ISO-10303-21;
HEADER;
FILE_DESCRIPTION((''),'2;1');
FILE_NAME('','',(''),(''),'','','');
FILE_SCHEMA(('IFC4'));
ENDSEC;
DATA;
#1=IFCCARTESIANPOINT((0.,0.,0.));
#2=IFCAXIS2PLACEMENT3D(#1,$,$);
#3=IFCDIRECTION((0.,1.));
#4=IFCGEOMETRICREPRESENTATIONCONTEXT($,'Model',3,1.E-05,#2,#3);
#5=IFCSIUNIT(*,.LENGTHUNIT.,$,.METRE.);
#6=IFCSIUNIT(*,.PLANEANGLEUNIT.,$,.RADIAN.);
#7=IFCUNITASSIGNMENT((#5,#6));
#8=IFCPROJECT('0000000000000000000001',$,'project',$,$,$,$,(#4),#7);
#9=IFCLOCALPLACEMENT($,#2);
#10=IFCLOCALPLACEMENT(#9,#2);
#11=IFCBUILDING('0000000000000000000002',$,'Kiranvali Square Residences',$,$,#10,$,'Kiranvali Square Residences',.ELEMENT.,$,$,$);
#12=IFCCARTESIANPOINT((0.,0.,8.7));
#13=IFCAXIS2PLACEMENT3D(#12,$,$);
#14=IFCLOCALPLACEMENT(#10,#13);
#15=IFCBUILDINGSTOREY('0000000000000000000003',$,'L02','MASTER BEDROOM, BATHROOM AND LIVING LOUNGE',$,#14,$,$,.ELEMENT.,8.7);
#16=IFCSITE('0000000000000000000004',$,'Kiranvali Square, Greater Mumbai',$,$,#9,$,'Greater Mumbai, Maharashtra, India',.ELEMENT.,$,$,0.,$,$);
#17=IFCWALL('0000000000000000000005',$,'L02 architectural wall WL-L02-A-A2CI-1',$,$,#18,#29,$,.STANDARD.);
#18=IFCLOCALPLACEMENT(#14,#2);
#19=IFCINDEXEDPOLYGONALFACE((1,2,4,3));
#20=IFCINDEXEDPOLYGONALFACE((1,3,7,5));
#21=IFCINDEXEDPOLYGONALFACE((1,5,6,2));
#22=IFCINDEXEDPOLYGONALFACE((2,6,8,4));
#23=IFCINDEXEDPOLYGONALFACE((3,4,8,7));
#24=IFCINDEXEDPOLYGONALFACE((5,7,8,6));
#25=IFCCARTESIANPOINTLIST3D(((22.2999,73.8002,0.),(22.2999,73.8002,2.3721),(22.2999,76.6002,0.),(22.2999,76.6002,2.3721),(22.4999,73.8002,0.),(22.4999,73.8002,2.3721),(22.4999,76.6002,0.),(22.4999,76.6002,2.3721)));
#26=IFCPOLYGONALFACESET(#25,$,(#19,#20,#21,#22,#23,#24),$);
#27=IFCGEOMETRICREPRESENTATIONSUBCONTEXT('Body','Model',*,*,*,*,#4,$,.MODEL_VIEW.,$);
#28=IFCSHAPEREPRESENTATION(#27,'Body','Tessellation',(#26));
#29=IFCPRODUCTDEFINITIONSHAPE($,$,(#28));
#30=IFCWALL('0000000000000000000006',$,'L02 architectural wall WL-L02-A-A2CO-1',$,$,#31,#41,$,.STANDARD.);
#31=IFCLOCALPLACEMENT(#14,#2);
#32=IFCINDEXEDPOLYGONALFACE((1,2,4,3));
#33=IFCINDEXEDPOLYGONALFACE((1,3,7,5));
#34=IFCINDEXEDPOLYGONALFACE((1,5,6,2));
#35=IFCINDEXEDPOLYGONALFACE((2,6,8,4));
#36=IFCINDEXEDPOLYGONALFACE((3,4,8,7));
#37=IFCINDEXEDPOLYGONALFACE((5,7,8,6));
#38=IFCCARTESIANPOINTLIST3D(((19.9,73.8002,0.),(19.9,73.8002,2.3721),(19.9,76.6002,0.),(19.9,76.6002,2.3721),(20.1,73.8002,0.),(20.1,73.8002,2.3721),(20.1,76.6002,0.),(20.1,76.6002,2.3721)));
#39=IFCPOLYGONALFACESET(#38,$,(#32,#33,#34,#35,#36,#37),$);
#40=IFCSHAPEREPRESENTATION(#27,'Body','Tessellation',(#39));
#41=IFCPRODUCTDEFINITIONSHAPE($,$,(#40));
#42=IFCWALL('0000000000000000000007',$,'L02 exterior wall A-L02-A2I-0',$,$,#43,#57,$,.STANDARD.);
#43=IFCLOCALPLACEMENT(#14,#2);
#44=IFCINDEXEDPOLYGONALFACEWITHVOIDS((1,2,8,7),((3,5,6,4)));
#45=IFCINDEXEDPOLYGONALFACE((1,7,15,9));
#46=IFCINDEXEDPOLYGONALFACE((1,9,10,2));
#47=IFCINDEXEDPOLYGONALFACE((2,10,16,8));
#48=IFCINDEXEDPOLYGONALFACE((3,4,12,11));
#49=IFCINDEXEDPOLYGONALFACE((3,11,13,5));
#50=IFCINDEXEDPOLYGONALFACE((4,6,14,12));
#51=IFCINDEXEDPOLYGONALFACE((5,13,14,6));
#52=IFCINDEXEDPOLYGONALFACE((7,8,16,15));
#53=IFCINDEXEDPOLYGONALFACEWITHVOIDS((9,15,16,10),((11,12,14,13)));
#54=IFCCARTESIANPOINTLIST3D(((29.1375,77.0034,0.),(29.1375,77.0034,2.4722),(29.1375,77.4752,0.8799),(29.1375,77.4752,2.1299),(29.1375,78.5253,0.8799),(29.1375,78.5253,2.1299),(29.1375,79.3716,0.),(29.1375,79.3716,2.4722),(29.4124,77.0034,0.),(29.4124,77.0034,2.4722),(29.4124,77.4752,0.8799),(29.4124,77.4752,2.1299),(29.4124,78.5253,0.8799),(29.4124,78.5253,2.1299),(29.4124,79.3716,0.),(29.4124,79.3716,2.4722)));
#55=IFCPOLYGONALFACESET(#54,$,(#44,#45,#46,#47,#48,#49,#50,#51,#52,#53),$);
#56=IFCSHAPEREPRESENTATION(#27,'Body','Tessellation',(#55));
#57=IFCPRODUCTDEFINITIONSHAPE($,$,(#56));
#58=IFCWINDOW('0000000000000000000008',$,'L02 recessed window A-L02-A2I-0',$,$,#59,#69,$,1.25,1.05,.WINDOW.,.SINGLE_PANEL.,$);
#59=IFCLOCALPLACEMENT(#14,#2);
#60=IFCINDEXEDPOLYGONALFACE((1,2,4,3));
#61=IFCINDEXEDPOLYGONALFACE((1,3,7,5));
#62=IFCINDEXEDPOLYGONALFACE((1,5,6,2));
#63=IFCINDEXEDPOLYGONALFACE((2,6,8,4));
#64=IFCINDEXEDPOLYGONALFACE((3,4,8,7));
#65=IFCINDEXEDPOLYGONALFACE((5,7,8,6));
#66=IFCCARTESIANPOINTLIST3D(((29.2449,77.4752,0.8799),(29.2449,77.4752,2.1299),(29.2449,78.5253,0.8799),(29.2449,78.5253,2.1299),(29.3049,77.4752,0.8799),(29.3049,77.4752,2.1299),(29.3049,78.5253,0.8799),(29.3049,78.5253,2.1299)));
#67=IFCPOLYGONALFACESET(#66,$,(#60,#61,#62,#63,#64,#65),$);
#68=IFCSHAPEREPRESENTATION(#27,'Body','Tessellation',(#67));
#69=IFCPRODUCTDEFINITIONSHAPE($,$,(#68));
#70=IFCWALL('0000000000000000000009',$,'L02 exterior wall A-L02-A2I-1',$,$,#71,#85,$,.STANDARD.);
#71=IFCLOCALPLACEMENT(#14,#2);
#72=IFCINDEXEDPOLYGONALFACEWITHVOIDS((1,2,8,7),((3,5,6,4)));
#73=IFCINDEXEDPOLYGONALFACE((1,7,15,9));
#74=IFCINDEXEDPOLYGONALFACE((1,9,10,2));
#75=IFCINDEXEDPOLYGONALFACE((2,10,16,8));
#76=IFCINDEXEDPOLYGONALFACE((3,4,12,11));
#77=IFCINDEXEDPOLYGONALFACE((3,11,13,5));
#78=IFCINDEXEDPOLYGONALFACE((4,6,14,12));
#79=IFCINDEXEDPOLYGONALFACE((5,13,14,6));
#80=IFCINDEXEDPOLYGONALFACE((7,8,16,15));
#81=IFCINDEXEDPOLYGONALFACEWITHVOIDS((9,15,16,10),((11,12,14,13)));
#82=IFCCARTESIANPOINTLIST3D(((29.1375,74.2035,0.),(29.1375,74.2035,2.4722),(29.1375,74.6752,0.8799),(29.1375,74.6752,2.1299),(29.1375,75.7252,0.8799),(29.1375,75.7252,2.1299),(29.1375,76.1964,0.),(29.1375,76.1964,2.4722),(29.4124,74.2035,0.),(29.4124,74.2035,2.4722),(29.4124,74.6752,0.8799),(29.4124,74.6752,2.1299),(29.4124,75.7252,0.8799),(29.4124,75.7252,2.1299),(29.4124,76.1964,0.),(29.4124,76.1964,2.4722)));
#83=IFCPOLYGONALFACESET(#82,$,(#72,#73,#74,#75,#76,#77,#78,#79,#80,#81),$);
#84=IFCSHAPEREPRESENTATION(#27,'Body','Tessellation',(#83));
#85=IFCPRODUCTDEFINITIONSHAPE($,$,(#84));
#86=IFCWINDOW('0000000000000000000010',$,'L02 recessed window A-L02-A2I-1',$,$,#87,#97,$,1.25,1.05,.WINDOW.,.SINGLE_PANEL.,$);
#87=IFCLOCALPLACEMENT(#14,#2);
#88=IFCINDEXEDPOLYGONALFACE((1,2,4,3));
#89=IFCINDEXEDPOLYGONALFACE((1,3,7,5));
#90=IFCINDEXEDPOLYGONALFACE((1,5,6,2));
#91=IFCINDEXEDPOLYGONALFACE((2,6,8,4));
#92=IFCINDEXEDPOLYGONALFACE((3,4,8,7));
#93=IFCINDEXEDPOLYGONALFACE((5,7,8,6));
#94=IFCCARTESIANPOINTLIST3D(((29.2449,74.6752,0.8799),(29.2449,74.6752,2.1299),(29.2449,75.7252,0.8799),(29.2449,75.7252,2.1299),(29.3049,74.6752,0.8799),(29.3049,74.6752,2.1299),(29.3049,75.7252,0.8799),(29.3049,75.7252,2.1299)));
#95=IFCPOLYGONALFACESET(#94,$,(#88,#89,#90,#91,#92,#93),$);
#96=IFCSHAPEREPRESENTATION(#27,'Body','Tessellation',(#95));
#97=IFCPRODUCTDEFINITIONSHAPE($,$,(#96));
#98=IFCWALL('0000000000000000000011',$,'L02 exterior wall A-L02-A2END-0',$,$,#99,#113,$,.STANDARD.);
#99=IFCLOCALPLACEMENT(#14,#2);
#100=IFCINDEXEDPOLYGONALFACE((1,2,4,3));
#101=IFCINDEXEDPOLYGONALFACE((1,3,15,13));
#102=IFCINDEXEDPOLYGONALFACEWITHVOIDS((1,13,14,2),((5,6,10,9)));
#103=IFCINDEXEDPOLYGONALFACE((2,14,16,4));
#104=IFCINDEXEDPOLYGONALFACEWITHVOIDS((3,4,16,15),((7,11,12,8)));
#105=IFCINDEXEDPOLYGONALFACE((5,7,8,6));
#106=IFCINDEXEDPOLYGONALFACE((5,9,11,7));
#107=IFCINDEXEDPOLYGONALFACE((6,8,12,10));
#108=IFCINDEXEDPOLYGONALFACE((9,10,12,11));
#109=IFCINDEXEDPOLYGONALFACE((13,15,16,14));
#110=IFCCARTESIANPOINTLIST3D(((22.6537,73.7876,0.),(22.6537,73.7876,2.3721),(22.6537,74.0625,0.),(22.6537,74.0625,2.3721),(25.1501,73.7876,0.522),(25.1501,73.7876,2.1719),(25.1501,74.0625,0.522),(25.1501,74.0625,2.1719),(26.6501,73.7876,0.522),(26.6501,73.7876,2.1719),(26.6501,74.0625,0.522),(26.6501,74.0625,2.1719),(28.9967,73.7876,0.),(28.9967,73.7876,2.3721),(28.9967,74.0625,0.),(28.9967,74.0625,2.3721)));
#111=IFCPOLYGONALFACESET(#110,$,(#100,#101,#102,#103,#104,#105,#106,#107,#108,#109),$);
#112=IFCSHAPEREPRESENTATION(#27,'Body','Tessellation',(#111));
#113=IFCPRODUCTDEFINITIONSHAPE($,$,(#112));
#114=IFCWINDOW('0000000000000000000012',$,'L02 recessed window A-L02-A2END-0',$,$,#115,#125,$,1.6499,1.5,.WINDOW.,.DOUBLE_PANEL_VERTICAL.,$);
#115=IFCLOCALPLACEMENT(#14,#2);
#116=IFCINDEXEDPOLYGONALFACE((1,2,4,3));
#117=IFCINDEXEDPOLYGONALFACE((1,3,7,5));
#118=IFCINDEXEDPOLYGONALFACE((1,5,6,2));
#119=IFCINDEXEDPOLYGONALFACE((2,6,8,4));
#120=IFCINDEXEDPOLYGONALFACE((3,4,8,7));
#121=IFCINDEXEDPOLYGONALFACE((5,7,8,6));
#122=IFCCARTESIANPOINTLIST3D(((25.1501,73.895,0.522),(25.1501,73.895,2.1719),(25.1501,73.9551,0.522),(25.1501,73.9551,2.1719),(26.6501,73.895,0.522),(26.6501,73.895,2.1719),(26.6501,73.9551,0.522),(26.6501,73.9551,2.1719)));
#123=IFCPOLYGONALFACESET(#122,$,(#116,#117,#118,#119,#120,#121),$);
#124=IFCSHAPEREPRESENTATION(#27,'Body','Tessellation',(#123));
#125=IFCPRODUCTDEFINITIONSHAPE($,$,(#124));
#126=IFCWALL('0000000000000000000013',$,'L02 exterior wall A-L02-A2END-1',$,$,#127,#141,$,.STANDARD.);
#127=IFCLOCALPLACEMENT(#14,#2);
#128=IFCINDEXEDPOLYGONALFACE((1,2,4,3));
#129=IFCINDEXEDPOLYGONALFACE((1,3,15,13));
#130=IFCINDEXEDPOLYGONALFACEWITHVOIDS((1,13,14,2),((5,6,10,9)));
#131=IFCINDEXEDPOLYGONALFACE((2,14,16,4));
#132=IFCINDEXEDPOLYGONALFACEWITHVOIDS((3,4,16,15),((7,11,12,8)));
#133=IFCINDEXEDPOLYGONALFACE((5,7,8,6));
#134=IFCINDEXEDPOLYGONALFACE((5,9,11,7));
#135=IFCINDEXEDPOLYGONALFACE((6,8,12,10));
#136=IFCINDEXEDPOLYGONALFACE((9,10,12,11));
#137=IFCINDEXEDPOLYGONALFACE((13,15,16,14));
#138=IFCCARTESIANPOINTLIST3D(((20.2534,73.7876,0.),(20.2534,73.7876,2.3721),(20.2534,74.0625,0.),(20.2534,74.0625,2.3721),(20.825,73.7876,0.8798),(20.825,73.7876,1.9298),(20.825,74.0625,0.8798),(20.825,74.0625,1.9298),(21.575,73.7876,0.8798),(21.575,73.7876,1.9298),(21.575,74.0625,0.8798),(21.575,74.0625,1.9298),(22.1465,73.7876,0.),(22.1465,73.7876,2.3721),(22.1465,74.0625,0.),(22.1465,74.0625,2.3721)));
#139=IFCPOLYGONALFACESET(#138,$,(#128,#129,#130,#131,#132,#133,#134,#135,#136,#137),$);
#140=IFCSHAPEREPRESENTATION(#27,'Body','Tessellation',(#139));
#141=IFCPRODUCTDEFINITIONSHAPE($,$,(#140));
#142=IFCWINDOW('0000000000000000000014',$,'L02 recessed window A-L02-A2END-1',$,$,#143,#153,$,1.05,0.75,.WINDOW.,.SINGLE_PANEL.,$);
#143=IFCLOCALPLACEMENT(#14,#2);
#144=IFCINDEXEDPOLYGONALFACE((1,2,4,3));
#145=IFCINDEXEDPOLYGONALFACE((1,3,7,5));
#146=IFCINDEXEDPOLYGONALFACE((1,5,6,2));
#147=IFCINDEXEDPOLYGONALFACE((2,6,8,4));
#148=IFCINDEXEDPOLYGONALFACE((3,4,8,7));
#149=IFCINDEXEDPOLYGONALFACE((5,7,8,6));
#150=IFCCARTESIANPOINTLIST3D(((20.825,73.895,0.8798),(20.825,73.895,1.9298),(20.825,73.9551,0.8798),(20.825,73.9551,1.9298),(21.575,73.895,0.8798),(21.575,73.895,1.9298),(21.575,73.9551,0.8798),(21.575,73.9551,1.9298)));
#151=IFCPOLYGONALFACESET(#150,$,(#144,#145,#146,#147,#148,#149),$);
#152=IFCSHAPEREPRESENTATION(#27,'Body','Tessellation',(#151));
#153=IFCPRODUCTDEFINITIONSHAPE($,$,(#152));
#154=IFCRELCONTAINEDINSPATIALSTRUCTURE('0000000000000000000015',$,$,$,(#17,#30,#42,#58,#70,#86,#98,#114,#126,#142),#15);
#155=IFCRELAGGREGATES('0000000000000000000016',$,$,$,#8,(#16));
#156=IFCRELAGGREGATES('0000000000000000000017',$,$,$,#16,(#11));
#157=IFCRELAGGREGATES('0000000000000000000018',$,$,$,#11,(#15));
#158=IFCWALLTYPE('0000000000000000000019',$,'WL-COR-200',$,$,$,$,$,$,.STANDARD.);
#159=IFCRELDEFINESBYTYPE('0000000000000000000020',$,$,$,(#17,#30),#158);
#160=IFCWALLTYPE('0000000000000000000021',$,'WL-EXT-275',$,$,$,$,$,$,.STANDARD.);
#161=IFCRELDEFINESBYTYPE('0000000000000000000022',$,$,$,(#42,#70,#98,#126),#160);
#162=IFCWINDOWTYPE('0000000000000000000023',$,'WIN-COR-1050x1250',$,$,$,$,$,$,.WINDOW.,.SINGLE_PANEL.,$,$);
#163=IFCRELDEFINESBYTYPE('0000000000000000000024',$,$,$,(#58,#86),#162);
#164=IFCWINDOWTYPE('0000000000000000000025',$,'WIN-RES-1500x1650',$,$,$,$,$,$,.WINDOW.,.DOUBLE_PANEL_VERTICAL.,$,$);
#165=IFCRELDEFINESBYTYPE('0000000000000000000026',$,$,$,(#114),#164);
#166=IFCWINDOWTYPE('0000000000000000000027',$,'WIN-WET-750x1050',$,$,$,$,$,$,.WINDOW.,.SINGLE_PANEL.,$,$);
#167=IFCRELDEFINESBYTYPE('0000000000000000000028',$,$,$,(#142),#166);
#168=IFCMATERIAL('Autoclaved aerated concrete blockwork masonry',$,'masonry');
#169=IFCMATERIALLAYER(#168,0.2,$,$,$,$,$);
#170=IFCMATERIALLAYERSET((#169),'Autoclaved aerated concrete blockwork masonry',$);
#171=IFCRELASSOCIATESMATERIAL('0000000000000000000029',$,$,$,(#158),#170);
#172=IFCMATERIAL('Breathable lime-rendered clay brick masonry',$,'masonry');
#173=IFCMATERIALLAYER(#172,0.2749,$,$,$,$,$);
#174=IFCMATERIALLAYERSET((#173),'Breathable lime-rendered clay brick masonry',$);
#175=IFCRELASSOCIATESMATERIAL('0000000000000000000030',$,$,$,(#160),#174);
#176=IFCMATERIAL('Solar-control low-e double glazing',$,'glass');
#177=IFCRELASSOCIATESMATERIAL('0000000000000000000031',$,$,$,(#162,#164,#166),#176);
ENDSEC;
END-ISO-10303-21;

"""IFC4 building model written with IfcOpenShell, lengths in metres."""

from ifc_helpers import new_model, si_unit, direction, frame, frame_2d, origin, place, context, subcontext, project, spatial, rectangle, extrude, material, layer, layer_set, type_object, element, fill, save


model = new_model("IFC4")

# Units and contexts
model_context = context("Model", 3, precision=1e-05, world=origin(), true_north=direction((0.0, 1.0)))
body_context = subcontext(model_context, "Body", "Model", "MODEL_VIEW")
ifc_project = project(units=[si_unit("LENGTHUNIT", "METRE"), si_unit("PLANEANGLEUNIT", "RADIAN")], contexts=[model_context])

# Site, building, storey
site_placement = place(None, origin())
site = spatial("IfcSite", under=ifc_project, at=site_placement, Name="Kiranvali Square, Greater Mumbai", LongName="Greater Mumbai, Maharashtra, India", CompositionType="ELEMENT", RefElevation=0.0)
building_placement = place(site_placement, origin())
building = spatial("IfcBuilding", under=site, at=building_placement, Name="Kiranvali Square Residences", LongName="Kiranvali Square Residences", CompositionType="ELEMENT")
storey_placement = place(building_placement, frame((0.0, 0.0, 8.7)))
storey = spatial("IfcBuildingStorey", under=building, at=storey_placement, Name="L02", Description="MASTER BEDROOM, BATHROOM AND LIVING LOUNGE", CompositionType="ELEMENT", Elevation=8.7)

# Walls
ifc_material_1 = material(Name="Autoclaved aerated concrete blockwork masonry", Category="masonry")
ifc_layer_1 = layer(ifc_material_1, 0.2)
ifc_layer_set_1 = layer_set([ifc_layer_1], Name="Autoclaved aerated concrete blockwork masonry")
wall_type_1 = type_object("IfcWallType", Name="WL-COR-200", PredefinedType="STANDARD", material=ifc_layer_set_1)
for number, where, z_axis, x_axis, name in (
    (1, (22.3999, 76.6001, 0.0), (0.0, 0.0, 1.0), (0.0, -1.0, 0.0), "L02 architectural wall WL-L02-A-A2CI-1"),
    (2, (20.0, 76.6001, 0.0), (0.0, 0.0, 1.0), (0.0, -1.0, 0.0), "L02 architectural wall WL-L02-A-A2CO-1"),
):
    element("IfcWall", number, at=place(storey_placement, frame(where, z_axis=z_axis, x_axis=x_axis)), inside=storey, type_object=wall_type_1, Name=name, PredefinedType="STANDARD", context=body_context, shape_type="SweptSolid", body=[
        extrude(rectangle(XDim=2.8, YDim=0.2, at=frame_2d((1.3999, 0.0))), origin(), (0.0, 0.0, 1.0), 2.3721),
    ])

# Walls, openings, windows
ifc_material_2 = material(Name="Breathable lime-rendered clay brick masonry", Category="masonry")
ifc_layer_2 = layer(ifc_material_2, 0.2749)
ifc_layer_set_2 = layer_set([ifc_layer_2], Name="Breathable lime-rendered clay brick masonry")
wall_type_2 = type_object("IfcWallType", Name="WL-EXT-275", PredefinedType="STANDARD", material=ifc_layer_set_2)
wall_1_placement = place(storey_placement, frame((29.2749, 79.3716, 0.0), z_axis=(0.0, 0.0, 1.0), x_axis=(0.0, -1.0, 0.0)))
wall_1 = element("IfcWall", 3, at=wall_1_placement, inside=storey, type_object=wall_type_2, Name="L02 exterior wall A-L02-A2I-0", PredefinedType="STANDARD", context=body_context, shape_type="SweptSolid", body=[
    extrude(rectangle(XDim=2.3682, YDim=0.2749, at=frame_2d((1.1841, 0.0))), origin(), (0.0, 0.0, 1.0), 2.4722),
])
opening_1_placement = place(wall_1_placement, frame((0.8464, 0.0, 0.8799)))
opening_1 = element("IfcOpeningElement", 4, at=opening_1_placement, cuts=wall_1, PredefinedType="OPENING", context=body_context, shape_type="SweptSolid", body=[
    extrude(rectangle(XDim=1.05, YDim=1.25, at=frame_2d((0.5249, 0.625))), frame((0.0, 0.1475, 0.0), z_axis=(0.0, -1.0, 0.0), x_axis=(1.0, 0.0, 0.0)), (0.0, 0.0, 1.0), 0.2949),
])
ifc_material_3 = material(Name="Solar-control low-e double glazing", Category="glass")
window_type_1 = type_object("IfcWindowType", Name="WIN-COR-1050x1250", PartitioningType="SINGLE_PANEL", PredefinedType="WINDOW", material=ifc_material_3)
window_1_placement = place(opening_1_placement, origin())
window_1 = element("IfcWindow", 5, at=window_1_placement, inside=storey, type_object=window_type_1, Name="L02 recessed window A-L02-A2I-0", OverallHeight=1.25, OverallWidth=1.05, PartitioningType="SINGLE_PANEL", PredefinedType="WINDOW", context=body_context, shape_type="SweptSolid", body=[
    extrude(rectangle(XDim=1.05, YDim=1.25, at=frame_2d((0.5249, 0.625))), frame((0.0, 0.03, 0.0), z_axis=(0.0, -1.0, 0.0), x_axis=(1.0, 0.0, 0.0)), (0.0, 0.0, 1.0), 0.0601),
])
fill(opening_1, window_1)
wall_2_placement = place(storey_placement, frame((29.2749, 76.1965, 0.0), z_axis=(0.0, 0.0, 1.0), x_axis=(0.0, -1.0, 0.0)))
wall_2 = element("IfcWall", 6, at=wall_2_placement, inside=storey, type_object=wall_type_2, Name="L02 exterior wall A-L02-A2I-1", PredefinedType="STANDARD", context=body_context, shape_type="SweptSolid", body=[
    extrude(rectangle(XDim=1.9929, YDim=0.2749, at=frame_2d((0.9966, 0.0))), origin(), (0.0, 0.0, 1.0), 2.4722),
])
opening_2_placement = place(wall_2_placement, frame((0.4714, 0.0, 0.8799)))
opening_2 = element("IfcOpeningElement", 7, at=opening_2_placement, cuts=wall_2, PredefinedType="OPENING", context=body_context, shape_type="SweptSolid", body=[
    extrude(rectangle(XDim=1.05, YDim=1.25, at=frame_2d((0.5249, 0.625))), frame((0.0, 0.1475, 0.0), z_axis=(0.0, -1.0, 0.0), x_axis=(1.0, 0.0, 0.0)), (0.0, 0.0, 1.0), 0.2949),
])
window_2_placement = place(opening_2_placement, origin())
window_2 = element("IfcWindow", 8, at=window_2_placement, inside=storey, type_object=window_type_1, Name="L02 recessed window A-L02-A2I-1", OverallHeight=1.25, OverallWidth=1.05, PartitioningType="SINGLE_PANEL", PredefinedType="WINDOW", context=body_context, shape_type="SweptSolid", body=[
    extrude(rectangle(XDim=1.05, YDim=1.25, at=frame_2d((0.5249, 0.625))), frame((0.0, 0.03, 0.0), z_axis=(0.0, -1.0, 0.0), x_axis=(1.0, 0.0, 0.0)), (0.0, 0.0, 1.0), 0.0601),
])
fill(opening_2, window_2)
wall_3_placement = place(storey_placement, frame((28.9966, 73.925, 0.0), z_axis=(0.0, 0.0, 1.0), x_axis=(-1.0, 0.0, 0.0)))
wall_3 = element("IfcWall", 9, at=wall_3_placement, inside=storey, type_object=wall_type_2, Name="L02 exterior wall A-L02-A2END-0", PredefinedType="STANDARD", context=body_context, shape_type="SweptSolid", body=[
    extrude(rectangle(XDim=6.343, YDim=0.2749, at=frame_2d((3.1714, 0.0))), origin(), (0.0, 0.0, 1.0), 2.3721),
])
opening_3_placement = place(wall_3_placement, frame((2.3464, 0.0, 0.522)))
opening_3 = element("IfcOpeningElement", 10, at=opening_3_placement, cuts=wall_3, PredefinedType="OPENING", context=body_context, shape_type="SweptSolid", body=[
    extrude(rectangle(XDim=1.5, YDim=1.6499, at=frame_2d((0.75, 0.825))), frame((0.0, 0.1475, 0.0), z_axis=(0.0, -1.0, 0.0), x_axis=(1.0, 0.0, 0.0)), (0.0, 0.0, 1.0), 0.2949),
])
window_type_2 = type_object("IfcWindowType", Name="WIN-RES-1500x1650", PartitioningType="DOUBLE_PANEL_VERTICAL", PredefinedType="WINDOW", material=ifc_material_3)
window_3_placement = place(opening_3_placement, origin())
window_3 = element("IfcWindow", 11, at=window_3_placement, inside=storey, type_object=window_type_2, Name="L02 recessed window A-L02-A2END-0", OverallHeight=1.6499, OverallWidth=1.5, PartitioningType="DOUBLE_PANEL_VERTICAL", PredefinedType="WINDOW", context=body_context, shape_type="SweptSolid", body=[
    extrude(rectangle(XDim=1.5, YDim=1.6499, at=frame_2d((0.75, 0.825))), frame((0.0, 0.03, 0.0), z_axis=(0.0, -1.0, 0.0), x_axis=(1.0, 0.0, 0.0)), (0.0, 0.0, 1.0), 0.0601),
])
fill(opening_3, window_3)
wall_4_placement = place(storey_placement, frame((22.1465, 73.925, 0.0), z_axis=(0.0, 0.0, 1.0), x_axis=(-1.0, 0.0, 0.0)))
wall_4 = element("IfcWall", 12, at=wall_4_placement, inside=storey, type_object=wall_type_2, Name="L02 exterior wall A-L02-A2END-1", PredefinedType="STANDARD", context=body_context, shape_type="SweptSolid", body=[
    extrude(rectangle(XDim=1.8931, YDim=0.2749, at=frame_2d((0.9465, 0.0))), origin(), (0.0, 0.0, 1.0), 2.3721),
])
opening_4_placement = place(wall_4_placement, frame((0.5715, 0.0, 0.8799)))
opening_4 = element("IfcOpeningElement", 13, at=opening_4_placement, cuts=wall_4, PredefinedType="OPENING", context=body_context, shape_type="SweptSolid", body=[
    extrude(rectangle(XDim=0.75, YDim=1.05, at=frame_2d((0.375, 0.5249))), frame((0.0, 0.1475, 0.0), z_axis=(0.0, -1.0, 0.0), x_axis=(1.0, 0.0, 0.0)), (0.0, 0.0, 1.0), 0.2949),
])
window_type_3 = type_object("IfcWindowType", Name="WIN-WET-750x1050", PartitioningType="SINGLE_PANEL", PredefinedType="WINDOW", material=ifc_material_3)
window_4_placement = place(opening_4_placement, origin())
window_4 = element("IfcWindow", 14, at=window_4_placement, inside=storey, type_object=window_type_3, Name="L02 recessed window A-L02-A2END-1", OverallHeight=1.05, OverallWidth=0.75, PartitioningType="SINGLE_PANEL", PredefinedType="WINDOW", context=body_context, shape_type="SweptSolid", body=[
    extrude(rectangle(XDim=0.75, YDim=1.05, at=frame_2d((0.375, 0.5249))), frame((0.0, 0.03, 0.0), z_axis=(0.0, -1.0, 0.0), x_axis=(1.0, 0.0, 0.0)), (0.0, 0.0, 1.0), 0.0601),
])
fill(opening_4, window_4)

save(model, "model.ifc")
